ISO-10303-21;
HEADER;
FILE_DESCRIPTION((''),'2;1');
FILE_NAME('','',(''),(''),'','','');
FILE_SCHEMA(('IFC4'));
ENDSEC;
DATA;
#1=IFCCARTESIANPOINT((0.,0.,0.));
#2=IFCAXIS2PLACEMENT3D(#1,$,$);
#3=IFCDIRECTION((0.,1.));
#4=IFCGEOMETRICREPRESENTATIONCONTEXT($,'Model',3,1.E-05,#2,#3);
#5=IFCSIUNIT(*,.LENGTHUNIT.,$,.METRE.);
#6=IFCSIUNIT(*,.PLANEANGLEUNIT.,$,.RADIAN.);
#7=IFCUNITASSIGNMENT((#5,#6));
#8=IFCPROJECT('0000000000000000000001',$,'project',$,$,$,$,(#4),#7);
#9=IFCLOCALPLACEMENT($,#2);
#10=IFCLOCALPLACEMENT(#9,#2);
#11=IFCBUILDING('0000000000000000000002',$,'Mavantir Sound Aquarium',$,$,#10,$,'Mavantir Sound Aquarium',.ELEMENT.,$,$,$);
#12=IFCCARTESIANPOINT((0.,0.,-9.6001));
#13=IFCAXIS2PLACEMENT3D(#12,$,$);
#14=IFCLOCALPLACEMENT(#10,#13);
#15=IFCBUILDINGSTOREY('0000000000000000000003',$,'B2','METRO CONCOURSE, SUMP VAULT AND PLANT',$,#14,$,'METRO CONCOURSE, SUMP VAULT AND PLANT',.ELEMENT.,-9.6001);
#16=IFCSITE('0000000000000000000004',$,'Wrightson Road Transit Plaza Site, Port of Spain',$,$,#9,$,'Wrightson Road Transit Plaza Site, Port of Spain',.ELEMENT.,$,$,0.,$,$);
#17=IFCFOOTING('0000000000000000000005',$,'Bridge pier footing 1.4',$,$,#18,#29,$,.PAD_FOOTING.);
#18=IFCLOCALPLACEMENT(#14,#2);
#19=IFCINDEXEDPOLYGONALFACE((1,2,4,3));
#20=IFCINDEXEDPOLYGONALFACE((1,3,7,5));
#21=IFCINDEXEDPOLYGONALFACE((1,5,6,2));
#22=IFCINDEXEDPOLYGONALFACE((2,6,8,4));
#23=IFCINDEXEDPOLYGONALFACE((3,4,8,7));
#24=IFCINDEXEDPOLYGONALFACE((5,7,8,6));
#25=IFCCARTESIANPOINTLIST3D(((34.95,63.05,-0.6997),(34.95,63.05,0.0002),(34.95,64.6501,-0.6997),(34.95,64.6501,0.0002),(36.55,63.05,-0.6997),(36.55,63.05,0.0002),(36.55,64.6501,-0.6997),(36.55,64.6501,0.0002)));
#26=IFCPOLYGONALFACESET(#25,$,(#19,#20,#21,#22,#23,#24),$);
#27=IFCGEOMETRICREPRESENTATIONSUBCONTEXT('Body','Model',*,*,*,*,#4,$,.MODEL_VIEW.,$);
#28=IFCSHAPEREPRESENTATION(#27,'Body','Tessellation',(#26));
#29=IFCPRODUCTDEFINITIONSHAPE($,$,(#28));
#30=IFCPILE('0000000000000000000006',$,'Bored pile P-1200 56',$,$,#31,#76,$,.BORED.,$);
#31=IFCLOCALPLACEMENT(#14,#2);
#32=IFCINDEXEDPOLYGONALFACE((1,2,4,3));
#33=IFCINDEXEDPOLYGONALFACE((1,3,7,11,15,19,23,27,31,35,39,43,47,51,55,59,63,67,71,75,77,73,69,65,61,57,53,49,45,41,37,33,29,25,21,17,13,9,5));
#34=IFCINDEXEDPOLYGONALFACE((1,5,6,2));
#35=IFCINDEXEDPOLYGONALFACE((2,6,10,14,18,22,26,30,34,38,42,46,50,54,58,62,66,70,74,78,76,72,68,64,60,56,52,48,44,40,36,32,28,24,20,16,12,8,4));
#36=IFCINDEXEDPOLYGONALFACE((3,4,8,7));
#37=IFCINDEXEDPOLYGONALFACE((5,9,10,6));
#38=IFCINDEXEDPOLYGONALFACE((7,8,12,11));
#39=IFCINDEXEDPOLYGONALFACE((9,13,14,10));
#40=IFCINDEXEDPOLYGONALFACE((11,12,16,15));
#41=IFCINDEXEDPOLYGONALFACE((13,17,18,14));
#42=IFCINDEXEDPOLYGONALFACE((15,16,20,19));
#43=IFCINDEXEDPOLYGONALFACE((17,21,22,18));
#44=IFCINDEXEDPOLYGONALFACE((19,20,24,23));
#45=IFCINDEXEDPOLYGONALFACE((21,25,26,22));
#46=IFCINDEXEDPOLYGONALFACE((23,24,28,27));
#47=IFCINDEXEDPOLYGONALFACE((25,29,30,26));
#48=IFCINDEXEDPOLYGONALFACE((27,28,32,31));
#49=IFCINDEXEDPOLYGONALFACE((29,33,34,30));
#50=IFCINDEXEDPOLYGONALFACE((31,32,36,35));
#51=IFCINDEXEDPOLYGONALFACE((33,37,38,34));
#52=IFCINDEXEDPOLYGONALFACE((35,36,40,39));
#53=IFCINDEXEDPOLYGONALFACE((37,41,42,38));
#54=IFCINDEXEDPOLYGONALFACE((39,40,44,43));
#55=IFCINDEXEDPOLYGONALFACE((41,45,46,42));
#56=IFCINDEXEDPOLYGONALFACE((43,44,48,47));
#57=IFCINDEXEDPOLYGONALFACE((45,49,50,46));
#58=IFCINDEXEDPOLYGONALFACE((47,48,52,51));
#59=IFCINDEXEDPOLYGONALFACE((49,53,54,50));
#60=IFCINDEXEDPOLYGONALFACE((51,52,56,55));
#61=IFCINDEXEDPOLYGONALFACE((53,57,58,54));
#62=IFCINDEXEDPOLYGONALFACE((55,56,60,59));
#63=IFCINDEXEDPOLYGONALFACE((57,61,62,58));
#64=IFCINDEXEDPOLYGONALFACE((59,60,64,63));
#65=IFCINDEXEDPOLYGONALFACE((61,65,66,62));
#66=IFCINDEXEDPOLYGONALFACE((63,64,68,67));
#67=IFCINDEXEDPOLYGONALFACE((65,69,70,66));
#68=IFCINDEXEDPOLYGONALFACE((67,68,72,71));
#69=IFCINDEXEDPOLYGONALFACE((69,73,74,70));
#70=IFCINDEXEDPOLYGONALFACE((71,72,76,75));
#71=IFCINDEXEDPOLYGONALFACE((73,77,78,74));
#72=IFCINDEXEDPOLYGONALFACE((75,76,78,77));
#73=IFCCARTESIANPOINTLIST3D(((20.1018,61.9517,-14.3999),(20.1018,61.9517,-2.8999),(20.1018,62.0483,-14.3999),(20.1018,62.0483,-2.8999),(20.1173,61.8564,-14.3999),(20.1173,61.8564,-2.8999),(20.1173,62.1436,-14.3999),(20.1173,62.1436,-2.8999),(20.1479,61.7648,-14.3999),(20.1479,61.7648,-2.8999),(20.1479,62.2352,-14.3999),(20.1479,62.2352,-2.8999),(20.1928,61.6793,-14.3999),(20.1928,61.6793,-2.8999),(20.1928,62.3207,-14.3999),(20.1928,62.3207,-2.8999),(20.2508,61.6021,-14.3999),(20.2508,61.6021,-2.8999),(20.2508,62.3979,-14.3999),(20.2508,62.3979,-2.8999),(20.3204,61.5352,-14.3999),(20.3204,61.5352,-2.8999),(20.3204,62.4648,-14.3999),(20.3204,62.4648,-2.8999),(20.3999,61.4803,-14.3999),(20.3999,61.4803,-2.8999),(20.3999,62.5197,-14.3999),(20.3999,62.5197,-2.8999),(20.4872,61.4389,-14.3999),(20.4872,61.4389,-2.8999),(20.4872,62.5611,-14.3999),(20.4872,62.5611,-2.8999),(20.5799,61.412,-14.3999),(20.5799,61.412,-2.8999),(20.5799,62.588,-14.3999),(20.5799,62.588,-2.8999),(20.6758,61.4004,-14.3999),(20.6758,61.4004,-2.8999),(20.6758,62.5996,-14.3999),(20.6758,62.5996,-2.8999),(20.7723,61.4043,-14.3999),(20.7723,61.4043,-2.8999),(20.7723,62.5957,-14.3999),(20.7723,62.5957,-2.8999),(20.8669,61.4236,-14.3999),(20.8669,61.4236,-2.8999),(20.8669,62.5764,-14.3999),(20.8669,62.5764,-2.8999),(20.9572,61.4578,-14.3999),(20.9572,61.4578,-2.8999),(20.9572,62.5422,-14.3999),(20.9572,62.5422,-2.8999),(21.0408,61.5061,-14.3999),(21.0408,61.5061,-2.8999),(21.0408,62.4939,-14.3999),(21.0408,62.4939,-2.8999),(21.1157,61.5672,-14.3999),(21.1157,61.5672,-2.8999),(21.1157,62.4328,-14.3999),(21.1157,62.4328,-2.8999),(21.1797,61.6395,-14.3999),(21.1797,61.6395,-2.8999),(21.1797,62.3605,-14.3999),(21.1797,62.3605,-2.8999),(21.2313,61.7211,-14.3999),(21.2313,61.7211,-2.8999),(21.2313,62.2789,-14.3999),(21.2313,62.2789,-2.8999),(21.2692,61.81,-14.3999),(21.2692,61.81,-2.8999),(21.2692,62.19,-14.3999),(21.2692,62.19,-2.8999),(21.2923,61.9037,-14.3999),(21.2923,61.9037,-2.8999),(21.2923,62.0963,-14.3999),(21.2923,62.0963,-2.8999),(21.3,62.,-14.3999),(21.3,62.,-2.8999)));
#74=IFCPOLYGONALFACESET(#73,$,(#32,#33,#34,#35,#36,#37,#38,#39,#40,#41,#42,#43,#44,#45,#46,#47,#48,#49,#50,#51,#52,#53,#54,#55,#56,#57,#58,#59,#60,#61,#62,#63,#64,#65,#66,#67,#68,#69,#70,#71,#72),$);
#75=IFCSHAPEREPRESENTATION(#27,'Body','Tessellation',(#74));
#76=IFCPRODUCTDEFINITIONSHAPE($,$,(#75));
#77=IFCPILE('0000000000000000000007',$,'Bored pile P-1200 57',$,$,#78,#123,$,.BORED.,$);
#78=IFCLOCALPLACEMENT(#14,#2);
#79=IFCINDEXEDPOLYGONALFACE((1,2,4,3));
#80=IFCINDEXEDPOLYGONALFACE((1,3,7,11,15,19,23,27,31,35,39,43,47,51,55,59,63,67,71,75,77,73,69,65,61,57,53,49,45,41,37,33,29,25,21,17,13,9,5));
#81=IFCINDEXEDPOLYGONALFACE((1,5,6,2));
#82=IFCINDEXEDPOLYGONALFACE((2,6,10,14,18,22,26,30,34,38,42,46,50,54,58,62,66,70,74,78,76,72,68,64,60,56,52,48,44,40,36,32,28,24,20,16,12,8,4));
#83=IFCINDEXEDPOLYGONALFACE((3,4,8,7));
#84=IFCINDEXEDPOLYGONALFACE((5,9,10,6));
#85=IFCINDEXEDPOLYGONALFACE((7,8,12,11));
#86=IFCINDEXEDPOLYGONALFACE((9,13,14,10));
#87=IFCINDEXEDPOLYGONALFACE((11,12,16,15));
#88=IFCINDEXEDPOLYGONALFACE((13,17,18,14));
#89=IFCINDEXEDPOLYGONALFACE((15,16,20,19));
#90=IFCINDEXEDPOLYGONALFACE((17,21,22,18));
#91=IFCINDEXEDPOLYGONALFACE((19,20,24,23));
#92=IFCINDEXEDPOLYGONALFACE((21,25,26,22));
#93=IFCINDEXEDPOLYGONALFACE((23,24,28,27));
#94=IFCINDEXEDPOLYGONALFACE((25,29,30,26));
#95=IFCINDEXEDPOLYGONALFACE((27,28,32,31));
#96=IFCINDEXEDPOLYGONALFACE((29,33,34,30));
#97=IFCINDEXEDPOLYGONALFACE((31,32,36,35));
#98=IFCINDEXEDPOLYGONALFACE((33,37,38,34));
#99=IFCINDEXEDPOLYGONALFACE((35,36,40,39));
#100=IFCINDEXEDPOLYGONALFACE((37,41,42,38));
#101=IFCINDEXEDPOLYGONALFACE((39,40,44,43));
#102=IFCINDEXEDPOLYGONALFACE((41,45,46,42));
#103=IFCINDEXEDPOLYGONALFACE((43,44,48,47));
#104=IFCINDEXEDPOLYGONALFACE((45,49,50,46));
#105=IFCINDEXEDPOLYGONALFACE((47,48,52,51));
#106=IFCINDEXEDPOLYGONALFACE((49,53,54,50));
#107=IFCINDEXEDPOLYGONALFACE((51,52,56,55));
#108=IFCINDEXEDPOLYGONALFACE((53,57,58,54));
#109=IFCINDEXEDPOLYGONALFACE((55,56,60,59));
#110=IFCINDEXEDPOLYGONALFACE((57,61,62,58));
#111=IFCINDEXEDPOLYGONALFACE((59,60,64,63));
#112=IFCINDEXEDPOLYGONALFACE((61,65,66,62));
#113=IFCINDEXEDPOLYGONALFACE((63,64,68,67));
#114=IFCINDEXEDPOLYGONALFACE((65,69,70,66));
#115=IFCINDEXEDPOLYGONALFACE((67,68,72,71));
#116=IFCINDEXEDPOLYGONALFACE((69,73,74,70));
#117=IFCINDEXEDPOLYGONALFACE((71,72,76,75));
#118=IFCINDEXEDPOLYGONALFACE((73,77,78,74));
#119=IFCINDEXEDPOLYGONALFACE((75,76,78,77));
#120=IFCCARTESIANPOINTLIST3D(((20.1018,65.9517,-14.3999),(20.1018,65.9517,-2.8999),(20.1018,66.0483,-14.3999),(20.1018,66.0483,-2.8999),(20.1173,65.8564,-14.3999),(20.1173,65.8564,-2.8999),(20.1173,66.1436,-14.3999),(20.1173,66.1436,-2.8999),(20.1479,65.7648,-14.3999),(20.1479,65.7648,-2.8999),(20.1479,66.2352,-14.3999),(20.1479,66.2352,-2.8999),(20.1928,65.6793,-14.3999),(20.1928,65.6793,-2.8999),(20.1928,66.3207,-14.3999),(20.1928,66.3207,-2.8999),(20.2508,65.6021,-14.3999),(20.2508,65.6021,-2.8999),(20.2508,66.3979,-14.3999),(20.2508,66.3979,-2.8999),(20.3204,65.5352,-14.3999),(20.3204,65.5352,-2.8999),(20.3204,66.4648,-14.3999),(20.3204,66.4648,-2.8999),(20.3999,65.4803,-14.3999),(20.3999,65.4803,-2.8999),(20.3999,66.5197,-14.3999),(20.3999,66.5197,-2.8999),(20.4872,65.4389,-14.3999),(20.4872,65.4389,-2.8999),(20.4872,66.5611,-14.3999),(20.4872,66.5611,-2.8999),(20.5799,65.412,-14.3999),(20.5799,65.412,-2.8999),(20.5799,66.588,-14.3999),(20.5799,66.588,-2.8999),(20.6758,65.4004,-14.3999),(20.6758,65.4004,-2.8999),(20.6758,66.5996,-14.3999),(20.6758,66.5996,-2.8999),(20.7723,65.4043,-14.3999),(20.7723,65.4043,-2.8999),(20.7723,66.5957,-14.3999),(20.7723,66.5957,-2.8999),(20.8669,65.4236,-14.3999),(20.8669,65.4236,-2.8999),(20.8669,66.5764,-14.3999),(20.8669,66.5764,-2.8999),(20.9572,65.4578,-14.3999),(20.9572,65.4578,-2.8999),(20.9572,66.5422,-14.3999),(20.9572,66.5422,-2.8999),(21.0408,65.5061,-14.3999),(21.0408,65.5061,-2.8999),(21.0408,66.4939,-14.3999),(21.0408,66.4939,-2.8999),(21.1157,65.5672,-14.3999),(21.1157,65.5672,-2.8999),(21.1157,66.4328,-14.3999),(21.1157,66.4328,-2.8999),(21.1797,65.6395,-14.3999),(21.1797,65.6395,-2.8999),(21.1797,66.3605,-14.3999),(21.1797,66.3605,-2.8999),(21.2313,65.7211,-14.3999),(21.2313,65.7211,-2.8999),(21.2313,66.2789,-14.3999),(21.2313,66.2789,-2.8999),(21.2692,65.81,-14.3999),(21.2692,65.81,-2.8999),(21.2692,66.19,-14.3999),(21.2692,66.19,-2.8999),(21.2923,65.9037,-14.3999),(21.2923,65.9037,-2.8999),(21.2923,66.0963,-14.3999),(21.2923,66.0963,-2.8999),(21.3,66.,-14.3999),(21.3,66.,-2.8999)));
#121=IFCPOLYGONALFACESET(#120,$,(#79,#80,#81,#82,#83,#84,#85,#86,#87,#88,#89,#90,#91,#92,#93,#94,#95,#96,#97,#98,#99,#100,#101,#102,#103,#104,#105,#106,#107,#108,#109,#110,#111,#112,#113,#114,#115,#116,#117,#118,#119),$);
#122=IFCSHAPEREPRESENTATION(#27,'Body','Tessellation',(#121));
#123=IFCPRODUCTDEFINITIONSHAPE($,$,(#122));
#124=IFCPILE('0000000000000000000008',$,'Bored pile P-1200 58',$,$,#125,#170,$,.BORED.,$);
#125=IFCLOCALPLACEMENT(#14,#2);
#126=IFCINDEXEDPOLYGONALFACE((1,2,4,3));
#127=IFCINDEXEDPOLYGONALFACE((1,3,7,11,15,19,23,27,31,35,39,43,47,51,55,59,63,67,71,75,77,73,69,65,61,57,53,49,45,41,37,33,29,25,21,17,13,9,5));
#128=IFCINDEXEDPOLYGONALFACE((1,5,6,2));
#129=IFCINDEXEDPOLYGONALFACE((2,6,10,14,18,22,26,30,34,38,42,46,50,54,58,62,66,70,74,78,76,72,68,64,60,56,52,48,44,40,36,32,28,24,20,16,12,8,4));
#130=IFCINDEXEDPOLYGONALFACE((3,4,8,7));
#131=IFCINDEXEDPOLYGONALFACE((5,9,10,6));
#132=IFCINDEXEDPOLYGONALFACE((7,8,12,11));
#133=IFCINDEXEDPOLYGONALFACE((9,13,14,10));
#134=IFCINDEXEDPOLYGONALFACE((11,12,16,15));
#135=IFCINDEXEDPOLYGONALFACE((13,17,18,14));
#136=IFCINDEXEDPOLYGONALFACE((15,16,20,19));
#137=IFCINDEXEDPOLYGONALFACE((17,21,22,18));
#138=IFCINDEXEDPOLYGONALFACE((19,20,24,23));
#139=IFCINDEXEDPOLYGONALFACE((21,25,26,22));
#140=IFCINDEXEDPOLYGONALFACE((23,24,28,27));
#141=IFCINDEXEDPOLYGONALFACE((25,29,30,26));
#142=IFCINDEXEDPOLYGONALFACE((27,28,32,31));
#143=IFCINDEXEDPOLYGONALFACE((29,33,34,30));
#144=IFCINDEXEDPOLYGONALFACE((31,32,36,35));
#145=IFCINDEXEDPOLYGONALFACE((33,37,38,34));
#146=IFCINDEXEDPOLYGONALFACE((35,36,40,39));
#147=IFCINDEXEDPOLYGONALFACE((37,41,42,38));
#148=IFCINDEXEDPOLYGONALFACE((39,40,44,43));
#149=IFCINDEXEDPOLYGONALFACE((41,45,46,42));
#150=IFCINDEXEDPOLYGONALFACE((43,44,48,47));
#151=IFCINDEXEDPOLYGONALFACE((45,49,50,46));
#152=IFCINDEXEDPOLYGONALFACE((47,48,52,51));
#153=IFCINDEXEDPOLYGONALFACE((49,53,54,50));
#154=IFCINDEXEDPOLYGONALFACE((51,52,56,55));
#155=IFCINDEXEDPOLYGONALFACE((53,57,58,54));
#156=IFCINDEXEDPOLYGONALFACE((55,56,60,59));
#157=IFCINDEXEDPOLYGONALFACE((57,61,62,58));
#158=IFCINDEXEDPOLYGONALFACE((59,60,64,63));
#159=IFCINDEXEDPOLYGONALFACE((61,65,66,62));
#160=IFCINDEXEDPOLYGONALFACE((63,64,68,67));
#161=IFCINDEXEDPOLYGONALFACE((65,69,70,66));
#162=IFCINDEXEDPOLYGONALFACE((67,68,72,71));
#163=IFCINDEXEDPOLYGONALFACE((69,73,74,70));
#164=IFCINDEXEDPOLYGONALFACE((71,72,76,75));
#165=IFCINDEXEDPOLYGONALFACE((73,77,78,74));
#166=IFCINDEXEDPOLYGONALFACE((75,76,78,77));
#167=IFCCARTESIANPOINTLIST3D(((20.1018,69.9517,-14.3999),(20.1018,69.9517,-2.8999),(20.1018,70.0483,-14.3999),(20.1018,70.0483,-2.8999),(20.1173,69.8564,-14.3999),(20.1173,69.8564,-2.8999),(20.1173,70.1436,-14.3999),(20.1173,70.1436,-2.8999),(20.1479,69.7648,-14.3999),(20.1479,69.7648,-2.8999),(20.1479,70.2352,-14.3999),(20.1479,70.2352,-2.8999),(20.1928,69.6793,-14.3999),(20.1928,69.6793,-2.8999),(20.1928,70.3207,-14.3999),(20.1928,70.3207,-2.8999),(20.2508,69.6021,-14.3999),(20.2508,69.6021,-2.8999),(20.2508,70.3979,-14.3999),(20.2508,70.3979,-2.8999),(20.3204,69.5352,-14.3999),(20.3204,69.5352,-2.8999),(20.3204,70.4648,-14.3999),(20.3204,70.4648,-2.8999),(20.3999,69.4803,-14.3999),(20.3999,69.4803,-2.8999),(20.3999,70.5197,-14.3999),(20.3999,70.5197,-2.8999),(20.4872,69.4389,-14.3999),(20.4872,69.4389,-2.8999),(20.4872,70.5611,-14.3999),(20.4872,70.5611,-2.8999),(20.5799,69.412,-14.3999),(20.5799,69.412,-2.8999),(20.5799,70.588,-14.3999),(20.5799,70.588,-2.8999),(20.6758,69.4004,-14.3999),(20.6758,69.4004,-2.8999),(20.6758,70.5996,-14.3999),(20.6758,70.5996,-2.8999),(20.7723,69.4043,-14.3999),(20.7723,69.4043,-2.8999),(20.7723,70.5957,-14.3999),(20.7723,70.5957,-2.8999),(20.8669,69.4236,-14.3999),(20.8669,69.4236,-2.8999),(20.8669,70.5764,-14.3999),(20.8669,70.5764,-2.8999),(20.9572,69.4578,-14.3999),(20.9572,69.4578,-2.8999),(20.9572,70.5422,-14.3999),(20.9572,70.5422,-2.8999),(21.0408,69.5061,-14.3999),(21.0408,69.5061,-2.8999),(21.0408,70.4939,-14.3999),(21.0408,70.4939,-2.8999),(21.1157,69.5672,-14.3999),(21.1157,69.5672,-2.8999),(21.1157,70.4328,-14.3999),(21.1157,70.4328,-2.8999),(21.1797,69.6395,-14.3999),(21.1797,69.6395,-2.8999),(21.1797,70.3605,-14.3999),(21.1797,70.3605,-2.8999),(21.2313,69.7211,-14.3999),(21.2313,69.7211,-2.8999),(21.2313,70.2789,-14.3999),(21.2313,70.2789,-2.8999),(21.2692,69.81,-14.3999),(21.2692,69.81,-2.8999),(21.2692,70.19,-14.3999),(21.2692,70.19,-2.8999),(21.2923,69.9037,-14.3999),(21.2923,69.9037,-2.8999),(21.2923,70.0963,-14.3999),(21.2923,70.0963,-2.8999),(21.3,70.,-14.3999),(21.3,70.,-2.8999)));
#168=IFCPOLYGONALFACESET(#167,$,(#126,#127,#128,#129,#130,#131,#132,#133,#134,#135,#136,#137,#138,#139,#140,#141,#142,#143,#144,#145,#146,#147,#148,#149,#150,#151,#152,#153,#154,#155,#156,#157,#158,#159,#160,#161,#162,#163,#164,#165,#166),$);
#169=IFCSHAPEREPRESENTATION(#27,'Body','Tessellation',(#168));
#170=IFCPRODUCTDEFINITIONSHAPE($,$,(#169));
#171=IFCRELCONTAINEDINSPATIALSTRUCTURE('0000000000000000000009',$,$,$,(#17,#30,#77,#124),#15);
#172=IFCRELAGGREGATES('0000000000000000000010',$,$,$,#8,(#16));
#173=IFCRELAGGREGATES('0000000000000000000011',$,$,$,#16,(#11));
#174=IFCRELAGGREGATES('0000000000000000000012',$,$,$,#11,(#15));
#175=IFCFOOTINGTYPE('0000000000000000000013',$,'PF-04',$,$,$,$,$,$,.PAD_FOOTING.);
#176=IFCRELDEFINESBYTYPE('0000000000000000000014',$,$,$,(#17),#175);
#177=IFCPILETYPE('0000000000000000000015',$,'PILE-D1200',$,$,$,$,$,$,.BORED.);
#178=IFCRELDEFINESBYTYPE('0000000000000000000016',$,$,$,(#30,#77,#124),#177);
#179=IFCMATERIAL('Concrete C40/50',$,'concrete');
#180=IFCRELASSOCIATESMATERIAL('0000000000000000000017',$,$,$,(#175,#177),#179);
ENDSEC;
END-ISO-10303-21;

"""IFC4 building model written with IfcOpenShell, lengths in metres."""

from ifc_helpers import new_model, si_unit, direction, frame, origin, origin_2d, place, context, subcontext, project, spatial, rectangle, circle, extrude, material, material_profile, profile_set, type_object, element, save


model = new_model("IFC4")

# Units and contexts
model_context = context("Model", 3, precision=1e-05, world=origin(), true_north=direction((0.0, 1.0)))
body_context = subcontext(model_context, "Body", "Model", "MODEL_VIEW")
ifc_project = project(units=[si_unit("LENGTHUNIT", "METRE"), si_unit("PLANEANGLEUNIT", "RADIAN")], contexts=[model_context])

# Site, building, storey
site_placement = place(None, origin())
site = spatial("IfcSite", under=ifc_project, at=site_placement, Name="Wrightson Road Transit Plaza Site, Port of Spain", LongName="Wrightson Road Transit Plaza Site, Port of Spain", CompositionType="ELEMENT", RefElevation=0.0)
building_placement = place(site_placement, origin())
building = spatial("IfcBuilding", under=site, at=building_placement, Name="Mavantir Sound Aquarium", LongName="Mavantir Sound Aquarium", CompositionType="ELEMENT")
storey_placement = place(building_placement, frame((0.0, 0.0, -9.6001)))
storey = spatial("IfcBuildingStorey", under=building, at=storey_placement, Name="B2", Description="METRO CONCOURSE, SUMP VAULT AND PLANT", LongName="METRO CONCOURSE, SUMP VAULT AND PLANT", CompositionType="ELEMENT", Elevation=-9.6001)

# Footing
ifc_material_1 = material(Name="Concrete C40/50", Category="concrete")
footing_type_1 = type_object("IfcFootingType", Name="PF-04", PredefinedType="PAD_FOOTING", material=ifc_material_1)
footing_1_placement = place(storey_placement, frame((35.75, 63.8501, -0.6997), z_axis=(0.0, 0.0, 1.0), x_axis=(1.0, 0.0, 0.0)))
element("IfcFooting", 1, at=footing_1_placement, inside=storey, type_object=footing_type_1, Name="Bridge pier footing 1.4", PredefinedType="PAD_FOOTING", context=body_context, shape_type="SweptSolid", body=[
    extrude(rectangle(XDim=1.6001, YDim=1.6001, at=origin_2d()), origin(), (0.0, 0.0, 1.0), 0.7),
])

# Piles
ifc_material_profile_1 = material_profile(ifc_material_1, circle(Radius=0.6001, at=origin_2d()), Name="PILE D1200")
ifc_profile_set_1 = profile_set([ifc_material_profile_1], Name="Concrete C40/50")
pile_type = type_object("IfcPileType", Name="PILE-D1200", PredefinedType="BORED", material=ifc_profile_set_1)
for number, where, z_axis, x_axis, name in (
    (2, (20.7, 62.0, -2.8999), (0.0, 0.0, -1.0), (1.0, 0.0, 0.0), "Bored pile P-1200 56"),
    (3, (20.7, 66.0, -2.8999), (0.0, 0.0, -1.0), (1.0, 0.0, 0.0), "Bored pile P-1200 57"),
    (4, (20.7, 70.0, -2.8999), (0.0, 0.0, -1.0), (1.0, 0.0, 0.0), "Bored pile P-1200 58"),
):
    element("IfcPile", number, at=place(storey_placement, frame(where, z_axis=z_axis, x_axis=x_axis)), inside=storey, type_object=pile_type, Name=name, PredefinedType="BORED", context=body_context, shape_type="SweptSolid", body=[
        extrude(circle(Radius=0.6001, at=origin_2d()), origin(), (0.0, 0.0, 1.0), 11.5),
    ])

save(model, "model.ifc")
